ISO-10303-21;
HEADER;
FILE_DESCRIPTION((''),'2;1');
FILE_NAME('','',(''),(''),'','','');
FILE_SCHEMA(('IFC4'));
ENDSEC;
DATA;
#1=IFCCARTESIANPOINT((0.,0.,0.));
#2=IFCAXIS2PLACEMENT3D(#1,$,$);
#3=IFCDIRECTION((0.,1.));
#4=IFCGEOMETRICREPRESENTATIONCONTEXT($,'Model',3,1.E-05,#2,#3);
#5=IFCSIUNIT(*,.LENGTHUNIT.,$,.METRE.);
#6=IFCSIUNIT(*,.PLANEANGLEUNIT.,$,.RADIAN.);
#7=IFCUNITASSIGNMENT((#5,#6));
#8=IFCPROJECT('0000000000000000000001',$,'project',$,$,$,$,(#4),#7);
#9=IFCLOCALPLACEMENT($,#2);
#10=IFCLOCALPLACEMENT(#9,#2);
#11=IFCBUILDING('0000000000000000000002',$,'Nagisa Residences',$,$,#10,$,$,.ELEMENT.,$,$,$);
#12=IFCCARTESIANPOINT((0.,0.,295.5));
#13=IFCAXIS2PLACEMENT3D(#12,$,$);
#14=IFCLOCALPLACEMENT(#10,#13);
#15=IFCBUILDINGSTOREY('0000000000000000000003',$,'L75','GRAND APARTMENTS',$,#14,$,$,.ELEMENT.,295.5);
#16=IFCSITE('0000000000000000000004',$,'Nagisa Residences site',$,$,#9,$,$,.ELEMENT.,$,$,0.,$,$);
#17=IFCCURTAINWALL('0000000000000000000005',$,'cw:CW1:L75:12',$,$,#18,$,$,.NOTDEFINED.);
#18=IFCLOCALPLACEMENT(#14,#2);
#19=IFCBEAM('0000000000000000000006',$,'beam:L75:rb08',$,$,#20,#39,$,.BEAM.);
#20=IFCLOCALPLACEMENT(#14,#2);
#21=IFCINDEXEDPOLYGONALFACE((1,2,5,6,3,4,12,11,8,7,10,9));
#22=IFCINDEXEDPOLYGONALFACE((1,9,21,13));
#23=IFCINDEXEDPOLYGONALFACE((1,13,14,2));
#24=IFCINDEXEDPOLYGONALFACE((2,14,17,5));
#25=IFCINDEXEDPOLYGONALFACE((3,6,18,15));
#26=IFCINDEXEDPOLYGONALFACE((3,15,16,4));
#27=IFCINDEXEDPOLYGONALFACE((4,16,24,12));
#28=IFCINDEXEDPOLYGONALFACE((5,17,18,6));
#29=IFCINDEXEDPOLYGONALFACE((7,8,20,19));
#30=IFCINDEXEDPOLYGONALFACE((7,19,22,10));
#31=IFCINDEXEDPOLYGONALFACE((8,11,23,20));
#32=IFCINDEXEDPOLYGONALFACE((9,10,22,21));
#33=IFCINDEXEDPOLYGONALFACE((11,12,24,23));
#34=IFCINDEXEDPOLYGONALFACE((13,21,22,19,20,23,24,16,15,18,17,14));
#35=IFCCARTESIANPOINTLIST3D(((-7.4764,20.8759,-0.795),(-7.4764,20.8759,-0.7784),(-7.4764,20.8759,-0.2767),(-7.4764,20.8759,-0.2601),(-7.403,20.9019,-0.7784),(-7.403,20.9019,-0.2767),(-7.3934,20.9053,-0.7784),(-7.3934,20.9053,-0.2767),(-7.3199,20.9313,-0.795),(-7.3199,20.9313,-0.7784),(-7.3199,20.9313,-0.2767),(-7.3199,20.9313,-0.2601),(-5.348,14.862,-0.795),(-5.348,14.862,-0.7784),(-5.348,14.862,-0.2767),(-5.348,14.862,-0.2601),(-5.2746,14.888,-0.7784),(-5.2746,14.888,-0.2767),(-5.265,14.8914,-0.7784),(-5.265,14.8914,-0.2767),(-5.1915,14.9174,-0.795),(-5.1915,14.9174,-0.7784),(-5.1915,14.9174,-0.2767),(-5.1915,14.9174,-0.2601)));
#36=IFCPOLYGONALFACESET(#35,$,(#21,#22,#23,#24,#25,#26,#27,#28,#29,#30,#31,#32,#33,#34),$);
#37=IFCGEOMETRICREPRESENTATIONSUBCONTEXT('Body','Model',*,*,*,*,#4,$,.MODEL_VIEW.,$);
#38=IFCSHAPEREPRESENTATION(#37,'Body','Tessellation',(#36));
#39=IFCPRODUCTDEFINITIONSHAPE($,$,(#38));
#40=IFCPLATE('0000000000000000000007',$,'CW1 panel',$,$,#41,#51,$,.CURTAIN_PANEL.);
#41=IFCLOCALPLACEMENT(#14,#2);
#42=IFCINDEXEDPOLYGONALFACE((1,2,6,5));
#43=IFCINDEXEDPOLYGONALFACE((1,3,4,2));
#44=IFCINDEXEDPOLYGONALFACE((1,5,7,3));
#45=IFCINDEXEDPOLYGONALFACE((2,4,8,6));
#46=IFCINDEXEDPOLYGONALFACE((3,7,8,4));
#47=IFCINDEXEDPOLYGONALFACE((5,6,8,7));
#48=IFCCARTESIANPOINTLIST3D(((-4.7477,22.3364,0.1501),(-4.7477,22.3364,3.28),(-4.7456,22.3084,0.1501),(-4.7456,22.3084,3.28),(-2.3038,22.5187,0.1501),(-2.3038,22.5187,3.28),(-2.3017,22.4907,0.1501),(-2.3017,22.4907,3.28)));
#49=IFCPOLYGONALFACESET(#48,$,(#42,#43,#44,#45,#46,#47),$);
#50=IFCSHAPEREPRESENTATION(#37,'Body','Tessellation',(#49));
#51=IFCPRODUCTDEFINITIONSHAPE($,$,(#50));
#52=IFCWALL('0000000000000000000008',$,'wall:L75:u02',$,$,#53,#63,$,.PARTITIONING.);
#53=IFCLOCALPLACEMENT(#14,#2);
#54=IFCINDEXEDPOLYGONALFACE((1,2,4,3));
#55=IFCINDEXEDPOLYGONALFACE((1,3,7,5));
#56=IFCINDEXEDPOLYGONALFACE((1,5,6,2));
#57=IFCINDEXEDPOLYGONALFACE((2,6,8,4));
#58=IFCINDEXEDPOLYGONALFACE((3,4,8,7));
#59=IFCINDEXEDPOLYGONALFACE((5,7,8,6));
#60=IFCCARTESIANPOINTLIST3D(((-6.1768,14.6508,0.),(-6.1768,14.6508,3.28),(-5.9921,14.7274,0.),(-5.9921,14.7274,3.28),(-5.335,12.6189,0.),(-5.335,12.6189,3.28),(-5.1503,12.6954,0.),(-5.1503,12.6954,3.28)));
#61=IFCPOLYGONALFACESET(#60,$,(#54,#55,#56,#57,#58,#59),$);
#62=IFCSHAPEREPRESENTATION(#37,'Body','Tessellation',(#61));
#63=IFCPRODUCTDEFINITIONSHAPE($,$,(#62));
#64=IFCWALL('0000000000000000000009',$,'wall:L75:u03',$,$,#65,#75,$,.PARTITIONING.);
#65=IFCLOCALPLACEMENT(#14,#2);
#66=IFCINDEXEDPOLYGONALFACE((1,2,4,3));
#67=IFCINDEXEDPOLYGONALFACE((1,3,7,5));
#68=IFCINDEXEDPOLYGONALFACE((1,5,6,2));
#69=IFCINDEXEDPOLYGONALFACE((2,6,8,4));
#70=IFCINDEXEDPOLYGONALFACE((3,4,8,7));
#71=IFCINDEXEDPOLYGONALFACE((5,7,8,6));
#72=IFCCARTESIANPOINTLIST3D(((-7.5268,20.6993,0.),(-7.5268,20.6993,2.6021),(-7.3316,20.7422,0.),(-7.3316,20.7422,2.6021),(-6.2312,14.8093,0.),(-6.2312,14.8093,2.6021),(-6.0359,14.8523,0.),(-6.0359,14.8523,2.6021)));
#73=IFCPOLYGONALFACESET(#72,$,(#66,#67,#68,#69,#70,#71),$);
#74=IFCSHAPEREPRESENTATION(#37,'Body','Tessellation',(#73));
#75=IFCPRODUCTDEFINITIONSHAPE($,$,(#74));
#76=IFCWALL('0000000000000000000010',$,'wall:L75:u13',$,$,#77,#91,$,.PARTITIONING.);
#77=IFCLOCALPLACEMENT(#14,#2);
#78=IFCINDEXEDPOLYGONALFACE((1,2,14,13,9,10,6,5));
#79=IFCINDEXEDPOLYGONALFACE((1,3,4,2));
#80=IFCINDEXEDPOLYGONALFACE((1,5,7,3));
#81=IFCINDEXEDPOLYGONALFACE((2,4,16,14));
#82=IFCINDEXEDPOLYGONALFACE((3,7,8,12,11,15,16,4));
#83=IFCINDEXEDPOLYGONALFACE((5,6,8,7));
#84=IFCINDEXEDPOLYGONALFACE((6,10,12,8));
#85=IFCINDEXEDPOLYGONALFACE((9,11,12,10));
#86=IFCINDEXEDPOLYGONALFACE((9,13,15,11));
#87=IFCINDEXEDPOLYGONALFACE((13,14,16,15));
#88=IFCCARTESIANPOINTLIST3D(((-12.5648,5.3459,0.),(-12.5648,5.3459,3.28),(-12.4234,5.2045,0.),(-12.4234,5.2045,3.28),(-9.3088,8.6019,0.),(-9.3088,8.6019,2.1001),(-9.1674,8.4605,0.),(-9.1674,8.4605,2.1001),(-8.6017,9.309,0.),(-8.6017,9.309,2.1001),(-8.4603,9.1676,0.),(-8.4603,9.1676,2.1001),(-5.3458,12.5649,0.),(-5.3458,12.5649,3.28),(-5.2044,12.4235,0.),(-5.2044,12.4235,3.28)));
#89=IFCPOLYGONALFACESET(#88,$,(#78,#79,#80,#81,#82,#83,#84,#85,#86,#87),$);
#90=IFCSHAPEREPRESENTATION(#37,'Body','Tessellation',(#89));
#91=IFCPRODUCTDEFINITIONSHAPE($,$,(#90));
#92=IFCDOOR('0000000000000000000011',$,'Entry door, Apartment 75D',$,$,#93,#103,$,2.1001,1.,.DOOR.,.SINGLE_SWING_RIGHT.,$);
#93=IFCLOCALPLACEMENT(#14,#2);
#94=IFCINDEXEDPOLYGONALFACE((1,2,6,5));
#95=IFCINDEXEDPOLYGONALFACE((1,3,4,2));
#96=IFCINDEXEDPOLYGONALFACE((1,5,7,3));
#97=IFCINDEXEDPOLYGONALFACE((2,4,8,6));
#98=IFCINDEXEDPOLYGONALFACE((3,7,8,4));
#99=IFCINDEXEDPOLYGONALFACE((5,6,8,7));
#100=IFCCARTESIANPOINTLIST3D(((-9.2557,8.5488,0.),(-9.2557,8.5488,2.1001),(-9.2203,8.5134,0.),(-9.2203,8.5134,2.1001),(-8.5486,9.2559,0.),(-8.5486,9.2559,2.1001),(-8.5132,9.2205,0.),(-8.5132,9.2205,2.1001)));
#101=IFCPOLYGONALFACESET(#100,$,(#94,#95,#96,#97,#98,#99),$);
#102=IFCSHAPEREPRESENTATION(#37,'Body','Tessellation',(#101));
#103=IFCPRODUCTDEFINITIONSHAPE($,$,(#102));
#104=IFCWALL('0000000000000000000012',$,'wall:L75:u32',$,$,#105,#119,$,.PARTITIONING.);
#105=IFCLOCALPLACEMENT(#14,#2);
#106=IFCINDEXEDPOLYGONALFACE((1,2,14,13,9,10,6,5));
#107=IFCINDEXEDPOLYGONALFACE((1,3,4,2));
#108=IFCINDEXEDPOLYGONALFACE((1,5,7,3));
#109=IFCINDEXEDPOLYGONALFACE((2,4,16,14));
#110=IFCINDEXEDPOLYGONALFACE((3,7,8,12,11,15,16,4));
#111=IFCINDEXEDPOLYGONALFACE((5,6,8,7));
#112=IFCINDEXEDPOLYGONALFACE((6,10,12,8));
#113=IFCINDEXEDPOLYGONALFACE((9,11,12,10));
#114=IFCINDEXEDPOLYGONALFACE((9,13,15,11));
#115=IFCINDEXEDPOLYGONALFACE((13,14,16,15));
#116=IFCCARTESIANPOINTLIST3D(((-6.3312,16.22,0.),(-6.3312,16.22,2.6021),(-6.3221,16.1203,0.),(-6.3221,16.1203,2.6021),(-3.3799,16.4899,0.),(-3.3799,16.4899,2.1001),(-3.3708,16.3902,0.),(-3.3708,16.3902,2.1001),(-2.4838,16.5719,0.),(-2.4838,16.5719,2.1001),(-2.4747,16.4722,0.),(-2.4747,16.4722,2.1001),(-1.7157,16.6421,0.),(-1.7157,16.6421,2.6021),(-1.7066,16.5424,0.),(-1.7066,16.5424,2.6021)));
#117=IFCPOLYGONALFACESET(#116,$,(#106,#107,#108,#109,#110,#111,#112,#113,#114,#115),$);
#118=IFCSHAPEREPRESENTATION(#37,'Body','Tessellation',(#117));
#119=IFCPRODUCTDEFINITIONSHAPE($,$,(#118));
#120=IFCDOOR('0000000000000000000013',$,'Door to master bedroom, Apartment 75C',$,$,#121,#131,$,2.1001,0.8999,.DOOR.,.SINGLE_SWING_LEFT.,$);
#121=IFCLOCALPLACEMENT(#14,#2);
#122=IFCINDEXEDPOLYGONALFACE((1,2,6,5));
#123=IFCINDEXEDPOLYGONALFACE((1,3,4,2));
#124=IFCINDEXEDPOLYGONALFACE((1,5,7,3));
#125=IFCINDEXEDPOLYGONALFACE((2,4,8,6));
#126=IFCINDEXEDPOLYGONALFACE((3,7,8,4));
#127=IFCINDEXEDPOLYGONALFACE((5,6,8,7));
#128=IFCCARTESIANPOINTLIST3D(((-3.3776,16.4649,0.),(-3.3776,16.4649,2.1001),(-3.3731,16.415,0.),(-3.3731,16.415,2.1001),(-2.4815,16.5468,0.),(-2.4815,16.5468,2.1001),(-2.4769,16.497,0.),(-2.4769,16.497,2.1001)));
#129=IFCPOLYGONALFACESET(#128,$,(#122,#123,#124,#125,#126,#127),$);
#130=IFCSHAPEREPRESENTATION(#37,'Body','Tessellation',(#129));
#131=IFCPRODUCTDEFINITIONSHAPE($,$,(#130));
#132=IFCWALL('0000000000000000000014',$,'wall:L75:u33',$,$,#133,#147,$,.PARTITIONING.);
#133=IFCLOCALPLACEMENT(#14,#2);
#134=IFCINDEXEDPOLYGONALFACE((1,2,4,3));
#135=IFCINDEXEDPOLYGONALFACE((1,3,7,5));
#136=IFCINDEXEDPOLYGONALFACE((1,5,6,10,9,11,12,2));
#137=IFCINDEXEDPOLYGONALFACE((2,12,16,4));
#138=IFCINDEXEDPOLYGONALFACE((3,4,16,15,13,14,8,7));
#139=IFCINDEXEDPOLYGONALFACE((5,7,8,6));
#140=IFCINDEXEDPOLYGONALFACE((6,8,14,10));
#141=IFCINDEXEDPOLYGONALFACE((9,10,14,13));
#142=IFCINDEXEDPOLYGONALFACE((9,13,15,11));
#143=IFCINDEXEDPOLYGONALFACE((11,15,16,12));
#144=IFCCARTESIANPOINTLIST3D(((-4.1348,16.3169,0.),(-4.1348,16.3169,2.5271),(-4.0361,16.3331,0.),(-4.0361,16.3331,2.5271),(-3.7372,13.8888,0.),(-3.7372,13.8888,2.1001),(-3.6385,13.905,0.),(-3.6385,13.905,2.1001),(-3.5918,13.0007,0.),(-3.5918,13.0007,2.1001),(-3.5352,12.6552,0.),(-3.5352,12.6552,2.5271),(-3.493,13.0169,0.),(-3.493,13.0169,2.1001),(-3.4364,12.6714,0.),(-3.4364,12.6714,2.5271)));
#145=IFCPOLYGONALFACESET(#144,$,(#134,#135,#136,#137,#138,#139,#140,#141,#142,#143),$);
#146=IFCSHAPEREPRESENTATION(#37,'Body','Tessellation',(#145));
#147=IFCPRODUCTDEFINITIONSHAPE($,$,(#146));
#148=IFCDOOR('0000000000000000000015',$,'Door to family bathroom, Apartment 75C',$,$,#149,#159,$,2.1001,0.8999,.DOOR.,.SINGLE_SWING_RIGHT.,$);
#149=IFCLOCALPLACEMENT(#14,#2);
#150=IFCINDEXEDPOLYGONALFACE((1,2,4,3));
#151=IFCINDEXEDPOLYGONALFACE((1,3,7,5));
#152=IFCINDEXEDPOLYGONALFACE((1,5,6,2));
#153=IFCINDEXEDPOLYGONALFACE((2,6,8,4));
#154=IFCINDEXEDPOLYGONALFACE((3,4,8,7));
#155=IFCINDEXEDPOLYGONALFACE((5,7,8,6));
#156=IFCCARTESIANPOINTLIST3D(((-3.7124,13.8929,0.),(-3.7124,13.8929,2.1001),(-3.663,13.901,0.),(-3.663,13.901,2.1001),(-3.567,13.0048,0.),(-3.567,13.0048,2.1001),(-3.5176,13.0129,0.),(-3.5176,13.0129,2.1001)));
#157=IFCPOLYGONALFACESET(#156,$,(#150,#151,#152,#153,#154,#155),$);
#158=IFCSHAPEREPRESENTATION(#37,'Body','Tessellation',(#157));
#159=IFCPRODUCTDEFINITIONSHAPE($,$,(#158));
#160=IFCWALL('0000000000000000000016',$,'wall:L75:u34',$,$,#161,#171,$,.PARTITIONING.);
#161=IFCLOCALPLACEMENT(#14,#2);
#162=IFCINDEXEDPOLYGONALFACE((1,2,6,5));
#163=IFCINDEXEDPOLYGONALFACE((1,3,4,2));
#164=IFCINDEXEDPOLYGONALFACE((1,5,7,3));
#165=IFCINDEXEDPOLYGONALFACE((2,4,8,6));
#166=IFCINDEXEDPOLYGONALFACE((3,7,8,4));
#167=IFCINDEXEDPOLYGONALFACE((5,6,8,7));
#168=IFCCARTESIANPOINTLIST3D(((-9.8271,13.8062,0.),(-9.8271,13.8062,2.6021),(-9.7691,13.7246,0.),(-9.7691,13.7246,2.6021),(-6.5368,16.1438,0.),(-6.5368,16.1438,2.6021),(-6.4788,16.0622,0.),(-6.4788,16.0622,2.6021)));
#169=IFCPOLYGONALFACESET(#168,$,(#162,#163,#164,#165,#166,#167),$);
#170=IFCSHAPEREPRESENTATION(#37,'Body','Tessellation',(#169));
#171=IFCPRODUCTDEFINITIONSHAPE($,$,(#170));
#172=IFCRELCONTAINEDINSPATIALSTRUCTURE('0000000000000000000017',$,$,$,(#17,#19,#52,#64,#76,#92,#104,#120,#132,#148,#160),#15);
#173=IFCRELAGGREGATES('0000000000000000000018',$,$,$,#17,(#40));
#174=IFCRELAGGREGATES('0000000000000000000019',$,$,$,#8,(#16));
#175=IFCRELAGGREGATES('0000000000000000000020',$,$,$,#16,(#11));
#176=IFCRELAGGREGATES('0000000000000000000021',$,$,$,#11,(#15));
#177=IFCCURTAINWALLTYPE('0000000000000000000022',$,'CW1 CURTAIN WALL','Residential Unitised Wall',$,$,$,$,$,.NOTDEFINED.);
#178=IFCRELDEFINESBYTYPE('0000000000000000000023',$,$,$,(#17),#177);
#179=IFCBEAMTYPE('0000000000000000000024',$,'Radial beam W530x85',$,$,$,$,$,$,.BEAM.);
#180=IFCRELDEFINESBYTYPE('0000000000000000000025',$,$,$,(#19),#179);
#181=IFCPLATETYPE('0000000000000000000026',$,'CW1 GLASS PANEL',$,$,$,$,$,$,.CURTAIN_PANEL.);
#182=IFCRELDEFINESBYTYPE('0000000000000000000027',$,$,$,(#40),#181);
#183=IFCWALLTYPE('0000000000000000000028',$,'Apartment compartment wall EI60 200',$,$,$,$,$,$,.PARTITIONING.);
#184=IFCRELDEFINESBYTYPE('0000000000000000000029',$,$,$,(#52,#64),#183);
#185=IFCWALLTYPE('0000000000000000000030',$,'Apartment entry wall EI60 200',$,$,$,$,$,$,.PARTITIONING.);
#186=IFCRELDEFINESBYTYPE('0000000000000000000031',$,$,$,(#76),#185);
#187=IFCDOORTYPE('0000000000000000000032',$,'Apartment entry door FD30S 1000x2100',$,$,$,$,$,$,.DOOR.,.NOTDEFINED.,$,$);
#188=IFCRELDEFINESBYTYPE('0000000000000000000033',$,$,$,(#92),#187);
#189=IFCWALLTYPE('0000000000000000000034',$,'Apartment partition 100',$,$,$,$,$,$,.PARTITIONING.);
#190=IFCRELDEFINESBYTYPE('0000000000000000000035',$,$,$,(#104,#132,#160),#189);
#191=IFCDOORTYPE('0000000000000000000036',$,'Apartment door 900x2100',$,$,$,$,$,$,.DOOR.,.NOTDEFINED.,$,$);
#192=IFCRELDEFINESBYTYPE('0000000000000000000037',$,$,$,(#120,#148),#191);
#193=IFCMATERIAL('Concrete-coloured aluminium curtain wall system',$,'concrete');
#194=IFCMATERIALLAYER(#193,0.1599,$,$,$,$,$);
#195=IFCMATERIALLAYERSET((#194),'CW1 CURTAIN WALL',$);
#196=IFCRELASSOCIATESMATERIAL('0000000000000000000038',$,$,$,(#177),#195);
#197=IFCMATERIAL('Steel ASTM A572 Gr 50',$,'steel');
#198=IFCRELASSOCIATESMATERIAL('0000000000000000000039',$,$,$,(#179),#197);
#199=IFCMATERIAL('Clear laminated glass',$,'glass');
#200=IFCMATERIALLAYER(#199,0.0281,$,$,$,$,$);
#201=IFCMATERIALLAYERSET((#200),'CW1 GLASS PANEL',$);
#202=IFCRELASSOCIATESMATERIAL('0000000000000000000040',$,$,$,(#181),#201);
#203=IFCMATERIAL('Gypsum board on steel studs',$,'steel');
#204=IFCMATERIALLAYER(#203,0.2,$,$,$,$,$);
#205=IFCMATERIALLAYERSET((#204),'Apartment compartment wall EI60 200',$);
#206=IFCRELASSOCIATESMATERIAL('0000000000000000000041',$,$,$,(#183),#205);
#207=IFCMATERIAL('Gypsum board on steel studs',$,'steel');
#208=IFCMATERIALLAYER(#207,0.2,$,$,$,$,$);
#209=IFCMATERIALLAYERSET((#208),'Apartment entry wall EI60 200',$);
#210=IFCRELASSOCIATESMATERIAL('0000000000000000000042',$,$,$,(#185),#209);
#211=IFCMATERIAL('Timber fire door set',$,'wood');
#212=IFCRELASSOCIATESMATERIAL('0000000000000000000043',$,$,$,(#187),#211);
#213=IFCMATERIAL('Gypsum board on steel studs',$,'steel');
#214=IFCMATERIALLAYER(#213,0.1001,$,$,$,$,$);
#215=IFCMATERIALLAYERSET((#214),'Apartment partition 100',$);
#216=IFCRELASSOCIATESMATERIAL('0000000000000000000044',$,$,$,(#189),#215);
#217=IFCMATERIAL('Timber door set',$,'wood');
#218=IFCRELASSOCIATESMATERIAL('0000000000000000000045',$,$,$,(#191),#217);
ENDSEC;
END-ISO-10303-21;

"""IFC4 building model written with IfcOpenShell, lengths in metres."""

from ifc_helpers import new_model, si_unit, direction, frame, frame_2d, origin, origin_2d, place, context, subcontext, project, spatial, rectangle, i_section, extrude, material, layer, layer_set, material_profile, profile_set, type_object, element, fill, aggregate, save


model = new_model("IFC4")

# Units and contexts
model_context = context("Model", 3, precision=1e-05, world=origin(), true_north=direction((0.0, 1.0)))
body_context = subcontext(model_context, "Body", "Model", "MODEL_VIEW")
ifc_project = project(units=[si_unit("LENGTHUNIT", "METRE"), si_unit("PLANEANGLEUNIT", "RADIAN")], contexts=[model_context])

# Site, building, storey
site_placement = place(None, origin())
site = spatial("IfcSite", under=ifc_project, at=site_placement, Name="Nagisa Residences site", CompositionType="ELEMENT", RefElevation=0.0)
building_placement = place(site_placement, origin())
building = spatial("IfcBuilding", under=site, at=building_placement, Name="Nagisa Residences", CompositionType="ELEMENT")
storey_placement = place(building_placement, frame((0.0, 0.0, 295.5)))
storey = spatial("IfcBuildingStorey", under=building, at=storey_placement, Name="L75", Description="GRAND APARTMENTS", CompositionType="ELEMENT", Elevation=295.5)

# Curtain wall
ifc_material_1 = material(Name="Concrete-coloured aluminium curtain wall system", Category="concrete")
ifc_layer_1 = layer(ifc_material_1, 0.1599)
ifc_layer_set_1 = layer_set([ifc_layer_1], Name="CW1 CURTAIN WALL")
curtain_wall_type = type_object("IfcCurtainWallType", Name="CW1 CURTAIN WALL", Description="Residential Unitised Wall", PredefinedType="NOTDEFINED", material=ifc_layer_set_1)
curtain_wall_1_placement = place(storey_placement, origin())
curtain_wall_1 = element("IfcCurtainWall", 1, at=curtain_wall_1_placement, inside=storey, type_object=curtain_wall_type, Name="cw:CW1:L75:12", PredefinedType="NOTDEFINED")

# Beam
ifc_material_2 = material(Name="Steel ASTM A572 Gr 50", Category="steel")
ifc_material_profile_1 = material_profile(ifc_material_2, i_section(OverallWidth=0.166, OverallDepth=0.5349, WebThickness=0.0103, FlangeThickness=0.0166, at=origin_2d()), Name="W530x85")
ifc_profile_set_1 = profile_set([ifc_material_profile_1], Name="Steel ASTM A572 Gr 50")
beam_type_1 = type_object("IfcBeamType", Name="Radial beam W530x85", PredefinedType="BEAM", material=ifc_profile_set_1)
beam_1_placement = place(storey_placement, frame((-7.3982, 20.9036, -0.5276), z_axis=(0.333637, -0.942702, 0.0), x_axis=(0.942702, 0.333637, 0.0)))
element("IfcBeam", 2, at=beam_1_placement, inside=storey, type_object=beam_type_1, Name="beam:L75:rb08", PredefinedType="BEAM", context=body_context, shape_type="SweptSolid", body=[
    extrude(i_section(OverallWidth=0.166, OverallDepth=0.5349, WebThickness=0.0103, FlangeThickness=0.0166, at=origin_2d()), origin(), (0.0, 0.0, 1.0), 6.3794),
])

# Plate
ifc_material_3 = material(Name="Clear laminated glass", Category="glass")
ifc_layer_2 = layer(ifc_material_3, 0.0281)
ifc_layer_set_2 = layer_set([ifc_layer_2], Name="CW1 GLASS PANEL")
plate_type = type_object("IfcPlateType", Name="CW1 GLASS PANEL", PredefinedType="CURTAIN_PANEL", material=ifc_layer_set_2)
plate_placement = place(storey_placement, frame((-3.5247, 22.4136, 0.1501), z_axis=(0.0, 0.0, 1.0), x_axis=(-0.99723, -0.074377, 0.0)))
plate = element("IfcPlate", 3, at=plate_placement, type_object=plate_type, Name="CW1 panel", PredefinedType="CURTAIN_PANEL", context=body_context, shape_type="SweptSolid", body=[
    extrude(rectangle(XDim=2.4507, YDim=0.0281, at=origin_2d()), origin(), (0.0, 0.0, 1.0), 3.1299),
])
aggregate(curtain_wall_1, [plate])

# Walls
ifc_material_4 = material(Name="Gypsum board on steel studs", Category="steel")
ifc_layer_3 = layer(ifc_material_4, 0.2)
ifc_layer_set_3 = layer_set([ifc_layer_3], Name="Apartment compartment wall EI60 200")
wall_type_1 = type_object("IfcWallType", Name="Apartment compartment wall EI60 200", PredefinedType="PARTITIONING", material=ifc_layer_set_3)
wall_1_placement = place(storey_placement, frame((-5.2427, 12.6572, 0.0), z_axis=(0.0, 0.0, 1.0), x_axis=(-0.382731, 0.92386, 0.0)))
element("IfcWall", 4, at=wall_1_placement, inside=storey, type_object=wall_type_1, Name="wall:L75:u02", PredefinedType="PARTITIONING", context=body_context, shape_type="SweptSolid", body=[
    extrude(rectangle(XDim=2.1995, YDim=0.2, at=frame_2d((1.0996, 0.0))), origin(), (0.0, 0.0, 1.0), 3.28),
])
wall_2_placement = place(storey_placement, frame((-6.1335, 14.8308, 0.0), z_axis=(0.0, 0.0, 1.0), x_axis=(-0.214842, 0.976649, 0.0)))
element("IfcWall", 5, at=wall_2_placement, inside=storey, type_object=wall_type_1, Name="wall:L75:u03", PredefinedType="PARTITIONING", context=body_context, shape_type="SweptSolid", body=[
    extrude(rectangle(XDim=6.0308, YDim=0.2, at=frame_2d((3.0154, 0.0))), origin(), (0.0, 0.0, 1.0), 2.6021),
])

# Walls, openings, doors
ifc_material_5 = material(Name="Gypsum board on steel studs", Category="steel")
ifc_layer_4 = layer(ifc_material_5, 0.2)
ifc_layer_set_4 = layer_set([ifc_layer_4], Name="Apartment entry wall EI60 200")
wall_type_2 = type_object("IfcWallType", Name="Apartment entry wall EI60 200", PredefinedType="PARTITIONING", material=ifc_layer_set_4)
wall_3_placement = place(storey_placement, frame((-5.2751, 12.4941, 0.0), z_axis=(0.0, 0.0, 1.0), x_axis=(-0.707107, -0.707107, 0.0)))
wall_3 = element("IfcWall", 6, at=wall_3_placement, inside=storey, type_object=wall_type_2, Name="wall:L75:u13", PredefinedType="PARTITIONING", context=body_context, shape_type="SweptSolid", body=[
    extrude(rectangle(XDim=10.2092, YDim=0.2, at=frame_2d((5.1045, 0.0))), origin(), (0.0, 0.0, 1.0), 3.28),
])
opening_1_placement = place(wall_3_placement, frame((4.6045, 0.0, 0.0)))
opening_1 = element("IfcOpeningElement", 7, at=opening_1_placement, cuts=wall_3, PredefinedType="OPENING", context=body_context, shape_type="SweptSolid", body=[
    extrude(rectangle(XDim=1.0, YDim=2.1001, at=frame_2d((0.5, 1.05))), frame((0.0, 0.1099, 0.0), z_axis=(0.0, -1.0, 0.0), x_axis=(1.0, 0.0, 0.0)), (0.0, 0.0, 1.0), 0.22),
])
ifc_material_6 = material(Name="Timber fire door set", Category="wood")
door_type_1 = type_object("IfcDoorType", Name="Apartment entry door FD30S 1000x2100", OperationType="NOTDEFINED", PredefinedType="DOOR", material=ifc_material_6)
door_1_placement = place(opening_1_placement, frame((1.0, 0.0, 0.0), x_axis=(-1.0, 0.0, 0.0)))
door_1 = element("IfcDoor", 8, at=door_1_placement, inside=storey, type_object=door_type_1, Name="Entry door, Apartment 75D", OperationType="SINGLE_SWING_RIGHT", OverallHeight=2.1001, OverallWidth=1.0, PredefinedType="DOOR", context=body_context, shape_type="SweptSolid", body=[
    extrude(rectangle(XDim=1.0, YDim=2.1001, at=frame_2d((0.5, 1.05))), frame((0.0, 0.0249, 0.0), z_axis=(0.0, -1.0, 0.0), x_axis=(1.0, 0.0, 0.0)), (0.0, 0.0, 1.0), 0.05),
])
fill(opening_1, door_1)
ifc_material_7 = material(Name="Gypsum board on steel studs", Category="steel")
ifc_layer_5 = layer(ifc_material_7, 0.1001)
ifc_layer_set_5 = layer_set([ifc_layer_5], Name="Apartment partition 100")
wall_type_3 = type_object("IfcWallType", Name="Apartment partition 100", PredefinedType="PARTITIONING", material=ifc_layer_set_5)
wall_4_placement = place(storey_placement, frame((-1.7112, 16.5923, 0.0), z_axis=(0.0, 0.0, 1.0), x_axis=(-0.995844, -0.091077, 0.0)))
wall_4 = element("IfcWall", 9, at=wall_4_placement, inside=storey, type_object=wall_type_3, Name="wall:L75:u32", PredefinedType="PARTITIONING", context=body_context, shape_type="SweptSolid", body=[
    extrude(rectangle(XDim=4.6348, YDim=0.1001, at=frame_2d((2.3174, 0.0))), origin(), (0.0, 0.0, 1.0), 2.6021),
])
opening_2_placement = place(wall_4_placement, frame((0.7712, 0.0, 0.0)))
opening_2 = element("IfcOpeningElement", 10, at=opening_2_placement, cuts=wall_4, PredefinedType="OPENING", context=body_context, shape_type="SweptSolid", body=[
    extrude(rectangle(XDim=0.8999, YDim=2.1001, at=frame_2d((0.45, 1.05))), frame((0.0, 0.0601, 0.0), z_axis=(0.0, -1.0, 0.0), x_axis=(1.0, 0.0, 0.0)), (0.0, 0.0, 1.0), 0.1201),
])
ifc_material_8 = material(Name="Timber door set", Category="wood")
door_type_2 = type_object("IfcDoorType", Name="Apartment door 900x2100", OperationType="NOTDEFINED", PredefinedType="DOOR", material=ifc_material_8)
door_2_placement = place(opening_2_placement, frame((0.8999, 0.0, 0.0), x_axis=(-1.0, 0.0, 0.0)))
door_2 = element("IfcDoor", 11, at=door_2_placement, inside=storey, type_object=door_type_2, Name="Door to master bedroom, Apartment 75C", OperationType="SINGLE_SWING_LEFT", OverallHeight=2.1001, OverallWidth=0.8999, PredefinedType="DOOR", context=body_context, shape_type="SweptSolid", body=[
    extrude(rectangle(XDim=0.8999, YDim=2.1001, at=frame_2d((0.45, 1.05))), frame((0.0, 0.0249, 0.0), z_axis=(0.0, -1.0, 0.0), x_axis=(1.0, 0.0, 0.0)), (0.0, 0.0, 1.0), 0.05),
])
fill(opening_2, door_2)
wall_5_placement = place(storey_placement, frame((-3.4858, 12.6633, 0.0), z_axis=(0.0, 0.0, 1.0), x_axis=(-0.161603, 0.986856, 0.0)))
wall_5 = element("IfcWall", 12, at=wall_5_placement, inside=storey, type_object=wall_type_3, Name="wall:L75:u33", PredefinedType="PARTITIONING", context=body_context, shape_type="SweptSolid", body=[
    extrude(rectangle(XDim=3.7104, YDim=0.1001, at=frame_2d((1.8552, 0.0))), origin(), (0.0, 0.0, 1.0), 2.5271),
])
opening_3_placement = place(wall_5_placement, frame((0.3501, 0.0, 0.0)))
opening_3 = element("IfcOpeningElement", 13, at=opening_3_placement, cuts=wall_5, PredefinedType="OPENING", context=body_context, shape_type="SweptSolid", body=[
    extrude(rectangle(XDim=0.8999, YDim=2.1001, at=frame_2d((0.45, 1.05))), frame((0.0, 0.0601, 0.0), z_axis=(0.0, -1.0, 0.0), x_axis=(1.0, 0.0, 0.0)), (0.0, 0.0, 1.0), 0.1201),
])
door_3_placement = place(opening_3_placement, origin())
door_3 = element("IfcDoor", 14, at=door_3_placement, inside=storey, type_object=door_type_2, Name="Door to family bathroom, Apartment 75C", OperationType="SINGLE_SWING_RIGHT", OverallHeight=2.1001, OverallWidth=0.8999, PredefinedType="DOOR", context=body_context, shape_type="SweptSolid", body=[
    extrude(rectangle(XDim=0.8999, YDim=2.1001, at=frame_2d((0.45, 1.05))), frame((0.0, 0.0249, 0.0), z_axis=(0.0, -1.0, 0.0), x_axis=(1.0, 0.0, 0.0)), (0.0, 0.0, 1.0), 0.05),
])
fill(opening_3, door_3)

# Wall
wall_6_placement = place(storey_placement, frame((-6.5078, 16.103, 0.0), z_axis=(0.0, 0.0, 1.0), x_axis=(-0.815202, -0.579176, 0.0)))
element("IfcWall", 15, at=wall_6_placement, inside=storey, type_object=wall_type_3, Name="wall:L75:u34", PredefinedType="PARTITIONING", context=body_context, shape_type="SweptSolid", body=[
    extrude(rectangle(XDim=4.0361, YDim=0.1001, at=frame_2d((2.0181, 0.0))), origin(), (0.0, 0.0, 1.0), 2.6021),
])

save(model, "model.ifc")
